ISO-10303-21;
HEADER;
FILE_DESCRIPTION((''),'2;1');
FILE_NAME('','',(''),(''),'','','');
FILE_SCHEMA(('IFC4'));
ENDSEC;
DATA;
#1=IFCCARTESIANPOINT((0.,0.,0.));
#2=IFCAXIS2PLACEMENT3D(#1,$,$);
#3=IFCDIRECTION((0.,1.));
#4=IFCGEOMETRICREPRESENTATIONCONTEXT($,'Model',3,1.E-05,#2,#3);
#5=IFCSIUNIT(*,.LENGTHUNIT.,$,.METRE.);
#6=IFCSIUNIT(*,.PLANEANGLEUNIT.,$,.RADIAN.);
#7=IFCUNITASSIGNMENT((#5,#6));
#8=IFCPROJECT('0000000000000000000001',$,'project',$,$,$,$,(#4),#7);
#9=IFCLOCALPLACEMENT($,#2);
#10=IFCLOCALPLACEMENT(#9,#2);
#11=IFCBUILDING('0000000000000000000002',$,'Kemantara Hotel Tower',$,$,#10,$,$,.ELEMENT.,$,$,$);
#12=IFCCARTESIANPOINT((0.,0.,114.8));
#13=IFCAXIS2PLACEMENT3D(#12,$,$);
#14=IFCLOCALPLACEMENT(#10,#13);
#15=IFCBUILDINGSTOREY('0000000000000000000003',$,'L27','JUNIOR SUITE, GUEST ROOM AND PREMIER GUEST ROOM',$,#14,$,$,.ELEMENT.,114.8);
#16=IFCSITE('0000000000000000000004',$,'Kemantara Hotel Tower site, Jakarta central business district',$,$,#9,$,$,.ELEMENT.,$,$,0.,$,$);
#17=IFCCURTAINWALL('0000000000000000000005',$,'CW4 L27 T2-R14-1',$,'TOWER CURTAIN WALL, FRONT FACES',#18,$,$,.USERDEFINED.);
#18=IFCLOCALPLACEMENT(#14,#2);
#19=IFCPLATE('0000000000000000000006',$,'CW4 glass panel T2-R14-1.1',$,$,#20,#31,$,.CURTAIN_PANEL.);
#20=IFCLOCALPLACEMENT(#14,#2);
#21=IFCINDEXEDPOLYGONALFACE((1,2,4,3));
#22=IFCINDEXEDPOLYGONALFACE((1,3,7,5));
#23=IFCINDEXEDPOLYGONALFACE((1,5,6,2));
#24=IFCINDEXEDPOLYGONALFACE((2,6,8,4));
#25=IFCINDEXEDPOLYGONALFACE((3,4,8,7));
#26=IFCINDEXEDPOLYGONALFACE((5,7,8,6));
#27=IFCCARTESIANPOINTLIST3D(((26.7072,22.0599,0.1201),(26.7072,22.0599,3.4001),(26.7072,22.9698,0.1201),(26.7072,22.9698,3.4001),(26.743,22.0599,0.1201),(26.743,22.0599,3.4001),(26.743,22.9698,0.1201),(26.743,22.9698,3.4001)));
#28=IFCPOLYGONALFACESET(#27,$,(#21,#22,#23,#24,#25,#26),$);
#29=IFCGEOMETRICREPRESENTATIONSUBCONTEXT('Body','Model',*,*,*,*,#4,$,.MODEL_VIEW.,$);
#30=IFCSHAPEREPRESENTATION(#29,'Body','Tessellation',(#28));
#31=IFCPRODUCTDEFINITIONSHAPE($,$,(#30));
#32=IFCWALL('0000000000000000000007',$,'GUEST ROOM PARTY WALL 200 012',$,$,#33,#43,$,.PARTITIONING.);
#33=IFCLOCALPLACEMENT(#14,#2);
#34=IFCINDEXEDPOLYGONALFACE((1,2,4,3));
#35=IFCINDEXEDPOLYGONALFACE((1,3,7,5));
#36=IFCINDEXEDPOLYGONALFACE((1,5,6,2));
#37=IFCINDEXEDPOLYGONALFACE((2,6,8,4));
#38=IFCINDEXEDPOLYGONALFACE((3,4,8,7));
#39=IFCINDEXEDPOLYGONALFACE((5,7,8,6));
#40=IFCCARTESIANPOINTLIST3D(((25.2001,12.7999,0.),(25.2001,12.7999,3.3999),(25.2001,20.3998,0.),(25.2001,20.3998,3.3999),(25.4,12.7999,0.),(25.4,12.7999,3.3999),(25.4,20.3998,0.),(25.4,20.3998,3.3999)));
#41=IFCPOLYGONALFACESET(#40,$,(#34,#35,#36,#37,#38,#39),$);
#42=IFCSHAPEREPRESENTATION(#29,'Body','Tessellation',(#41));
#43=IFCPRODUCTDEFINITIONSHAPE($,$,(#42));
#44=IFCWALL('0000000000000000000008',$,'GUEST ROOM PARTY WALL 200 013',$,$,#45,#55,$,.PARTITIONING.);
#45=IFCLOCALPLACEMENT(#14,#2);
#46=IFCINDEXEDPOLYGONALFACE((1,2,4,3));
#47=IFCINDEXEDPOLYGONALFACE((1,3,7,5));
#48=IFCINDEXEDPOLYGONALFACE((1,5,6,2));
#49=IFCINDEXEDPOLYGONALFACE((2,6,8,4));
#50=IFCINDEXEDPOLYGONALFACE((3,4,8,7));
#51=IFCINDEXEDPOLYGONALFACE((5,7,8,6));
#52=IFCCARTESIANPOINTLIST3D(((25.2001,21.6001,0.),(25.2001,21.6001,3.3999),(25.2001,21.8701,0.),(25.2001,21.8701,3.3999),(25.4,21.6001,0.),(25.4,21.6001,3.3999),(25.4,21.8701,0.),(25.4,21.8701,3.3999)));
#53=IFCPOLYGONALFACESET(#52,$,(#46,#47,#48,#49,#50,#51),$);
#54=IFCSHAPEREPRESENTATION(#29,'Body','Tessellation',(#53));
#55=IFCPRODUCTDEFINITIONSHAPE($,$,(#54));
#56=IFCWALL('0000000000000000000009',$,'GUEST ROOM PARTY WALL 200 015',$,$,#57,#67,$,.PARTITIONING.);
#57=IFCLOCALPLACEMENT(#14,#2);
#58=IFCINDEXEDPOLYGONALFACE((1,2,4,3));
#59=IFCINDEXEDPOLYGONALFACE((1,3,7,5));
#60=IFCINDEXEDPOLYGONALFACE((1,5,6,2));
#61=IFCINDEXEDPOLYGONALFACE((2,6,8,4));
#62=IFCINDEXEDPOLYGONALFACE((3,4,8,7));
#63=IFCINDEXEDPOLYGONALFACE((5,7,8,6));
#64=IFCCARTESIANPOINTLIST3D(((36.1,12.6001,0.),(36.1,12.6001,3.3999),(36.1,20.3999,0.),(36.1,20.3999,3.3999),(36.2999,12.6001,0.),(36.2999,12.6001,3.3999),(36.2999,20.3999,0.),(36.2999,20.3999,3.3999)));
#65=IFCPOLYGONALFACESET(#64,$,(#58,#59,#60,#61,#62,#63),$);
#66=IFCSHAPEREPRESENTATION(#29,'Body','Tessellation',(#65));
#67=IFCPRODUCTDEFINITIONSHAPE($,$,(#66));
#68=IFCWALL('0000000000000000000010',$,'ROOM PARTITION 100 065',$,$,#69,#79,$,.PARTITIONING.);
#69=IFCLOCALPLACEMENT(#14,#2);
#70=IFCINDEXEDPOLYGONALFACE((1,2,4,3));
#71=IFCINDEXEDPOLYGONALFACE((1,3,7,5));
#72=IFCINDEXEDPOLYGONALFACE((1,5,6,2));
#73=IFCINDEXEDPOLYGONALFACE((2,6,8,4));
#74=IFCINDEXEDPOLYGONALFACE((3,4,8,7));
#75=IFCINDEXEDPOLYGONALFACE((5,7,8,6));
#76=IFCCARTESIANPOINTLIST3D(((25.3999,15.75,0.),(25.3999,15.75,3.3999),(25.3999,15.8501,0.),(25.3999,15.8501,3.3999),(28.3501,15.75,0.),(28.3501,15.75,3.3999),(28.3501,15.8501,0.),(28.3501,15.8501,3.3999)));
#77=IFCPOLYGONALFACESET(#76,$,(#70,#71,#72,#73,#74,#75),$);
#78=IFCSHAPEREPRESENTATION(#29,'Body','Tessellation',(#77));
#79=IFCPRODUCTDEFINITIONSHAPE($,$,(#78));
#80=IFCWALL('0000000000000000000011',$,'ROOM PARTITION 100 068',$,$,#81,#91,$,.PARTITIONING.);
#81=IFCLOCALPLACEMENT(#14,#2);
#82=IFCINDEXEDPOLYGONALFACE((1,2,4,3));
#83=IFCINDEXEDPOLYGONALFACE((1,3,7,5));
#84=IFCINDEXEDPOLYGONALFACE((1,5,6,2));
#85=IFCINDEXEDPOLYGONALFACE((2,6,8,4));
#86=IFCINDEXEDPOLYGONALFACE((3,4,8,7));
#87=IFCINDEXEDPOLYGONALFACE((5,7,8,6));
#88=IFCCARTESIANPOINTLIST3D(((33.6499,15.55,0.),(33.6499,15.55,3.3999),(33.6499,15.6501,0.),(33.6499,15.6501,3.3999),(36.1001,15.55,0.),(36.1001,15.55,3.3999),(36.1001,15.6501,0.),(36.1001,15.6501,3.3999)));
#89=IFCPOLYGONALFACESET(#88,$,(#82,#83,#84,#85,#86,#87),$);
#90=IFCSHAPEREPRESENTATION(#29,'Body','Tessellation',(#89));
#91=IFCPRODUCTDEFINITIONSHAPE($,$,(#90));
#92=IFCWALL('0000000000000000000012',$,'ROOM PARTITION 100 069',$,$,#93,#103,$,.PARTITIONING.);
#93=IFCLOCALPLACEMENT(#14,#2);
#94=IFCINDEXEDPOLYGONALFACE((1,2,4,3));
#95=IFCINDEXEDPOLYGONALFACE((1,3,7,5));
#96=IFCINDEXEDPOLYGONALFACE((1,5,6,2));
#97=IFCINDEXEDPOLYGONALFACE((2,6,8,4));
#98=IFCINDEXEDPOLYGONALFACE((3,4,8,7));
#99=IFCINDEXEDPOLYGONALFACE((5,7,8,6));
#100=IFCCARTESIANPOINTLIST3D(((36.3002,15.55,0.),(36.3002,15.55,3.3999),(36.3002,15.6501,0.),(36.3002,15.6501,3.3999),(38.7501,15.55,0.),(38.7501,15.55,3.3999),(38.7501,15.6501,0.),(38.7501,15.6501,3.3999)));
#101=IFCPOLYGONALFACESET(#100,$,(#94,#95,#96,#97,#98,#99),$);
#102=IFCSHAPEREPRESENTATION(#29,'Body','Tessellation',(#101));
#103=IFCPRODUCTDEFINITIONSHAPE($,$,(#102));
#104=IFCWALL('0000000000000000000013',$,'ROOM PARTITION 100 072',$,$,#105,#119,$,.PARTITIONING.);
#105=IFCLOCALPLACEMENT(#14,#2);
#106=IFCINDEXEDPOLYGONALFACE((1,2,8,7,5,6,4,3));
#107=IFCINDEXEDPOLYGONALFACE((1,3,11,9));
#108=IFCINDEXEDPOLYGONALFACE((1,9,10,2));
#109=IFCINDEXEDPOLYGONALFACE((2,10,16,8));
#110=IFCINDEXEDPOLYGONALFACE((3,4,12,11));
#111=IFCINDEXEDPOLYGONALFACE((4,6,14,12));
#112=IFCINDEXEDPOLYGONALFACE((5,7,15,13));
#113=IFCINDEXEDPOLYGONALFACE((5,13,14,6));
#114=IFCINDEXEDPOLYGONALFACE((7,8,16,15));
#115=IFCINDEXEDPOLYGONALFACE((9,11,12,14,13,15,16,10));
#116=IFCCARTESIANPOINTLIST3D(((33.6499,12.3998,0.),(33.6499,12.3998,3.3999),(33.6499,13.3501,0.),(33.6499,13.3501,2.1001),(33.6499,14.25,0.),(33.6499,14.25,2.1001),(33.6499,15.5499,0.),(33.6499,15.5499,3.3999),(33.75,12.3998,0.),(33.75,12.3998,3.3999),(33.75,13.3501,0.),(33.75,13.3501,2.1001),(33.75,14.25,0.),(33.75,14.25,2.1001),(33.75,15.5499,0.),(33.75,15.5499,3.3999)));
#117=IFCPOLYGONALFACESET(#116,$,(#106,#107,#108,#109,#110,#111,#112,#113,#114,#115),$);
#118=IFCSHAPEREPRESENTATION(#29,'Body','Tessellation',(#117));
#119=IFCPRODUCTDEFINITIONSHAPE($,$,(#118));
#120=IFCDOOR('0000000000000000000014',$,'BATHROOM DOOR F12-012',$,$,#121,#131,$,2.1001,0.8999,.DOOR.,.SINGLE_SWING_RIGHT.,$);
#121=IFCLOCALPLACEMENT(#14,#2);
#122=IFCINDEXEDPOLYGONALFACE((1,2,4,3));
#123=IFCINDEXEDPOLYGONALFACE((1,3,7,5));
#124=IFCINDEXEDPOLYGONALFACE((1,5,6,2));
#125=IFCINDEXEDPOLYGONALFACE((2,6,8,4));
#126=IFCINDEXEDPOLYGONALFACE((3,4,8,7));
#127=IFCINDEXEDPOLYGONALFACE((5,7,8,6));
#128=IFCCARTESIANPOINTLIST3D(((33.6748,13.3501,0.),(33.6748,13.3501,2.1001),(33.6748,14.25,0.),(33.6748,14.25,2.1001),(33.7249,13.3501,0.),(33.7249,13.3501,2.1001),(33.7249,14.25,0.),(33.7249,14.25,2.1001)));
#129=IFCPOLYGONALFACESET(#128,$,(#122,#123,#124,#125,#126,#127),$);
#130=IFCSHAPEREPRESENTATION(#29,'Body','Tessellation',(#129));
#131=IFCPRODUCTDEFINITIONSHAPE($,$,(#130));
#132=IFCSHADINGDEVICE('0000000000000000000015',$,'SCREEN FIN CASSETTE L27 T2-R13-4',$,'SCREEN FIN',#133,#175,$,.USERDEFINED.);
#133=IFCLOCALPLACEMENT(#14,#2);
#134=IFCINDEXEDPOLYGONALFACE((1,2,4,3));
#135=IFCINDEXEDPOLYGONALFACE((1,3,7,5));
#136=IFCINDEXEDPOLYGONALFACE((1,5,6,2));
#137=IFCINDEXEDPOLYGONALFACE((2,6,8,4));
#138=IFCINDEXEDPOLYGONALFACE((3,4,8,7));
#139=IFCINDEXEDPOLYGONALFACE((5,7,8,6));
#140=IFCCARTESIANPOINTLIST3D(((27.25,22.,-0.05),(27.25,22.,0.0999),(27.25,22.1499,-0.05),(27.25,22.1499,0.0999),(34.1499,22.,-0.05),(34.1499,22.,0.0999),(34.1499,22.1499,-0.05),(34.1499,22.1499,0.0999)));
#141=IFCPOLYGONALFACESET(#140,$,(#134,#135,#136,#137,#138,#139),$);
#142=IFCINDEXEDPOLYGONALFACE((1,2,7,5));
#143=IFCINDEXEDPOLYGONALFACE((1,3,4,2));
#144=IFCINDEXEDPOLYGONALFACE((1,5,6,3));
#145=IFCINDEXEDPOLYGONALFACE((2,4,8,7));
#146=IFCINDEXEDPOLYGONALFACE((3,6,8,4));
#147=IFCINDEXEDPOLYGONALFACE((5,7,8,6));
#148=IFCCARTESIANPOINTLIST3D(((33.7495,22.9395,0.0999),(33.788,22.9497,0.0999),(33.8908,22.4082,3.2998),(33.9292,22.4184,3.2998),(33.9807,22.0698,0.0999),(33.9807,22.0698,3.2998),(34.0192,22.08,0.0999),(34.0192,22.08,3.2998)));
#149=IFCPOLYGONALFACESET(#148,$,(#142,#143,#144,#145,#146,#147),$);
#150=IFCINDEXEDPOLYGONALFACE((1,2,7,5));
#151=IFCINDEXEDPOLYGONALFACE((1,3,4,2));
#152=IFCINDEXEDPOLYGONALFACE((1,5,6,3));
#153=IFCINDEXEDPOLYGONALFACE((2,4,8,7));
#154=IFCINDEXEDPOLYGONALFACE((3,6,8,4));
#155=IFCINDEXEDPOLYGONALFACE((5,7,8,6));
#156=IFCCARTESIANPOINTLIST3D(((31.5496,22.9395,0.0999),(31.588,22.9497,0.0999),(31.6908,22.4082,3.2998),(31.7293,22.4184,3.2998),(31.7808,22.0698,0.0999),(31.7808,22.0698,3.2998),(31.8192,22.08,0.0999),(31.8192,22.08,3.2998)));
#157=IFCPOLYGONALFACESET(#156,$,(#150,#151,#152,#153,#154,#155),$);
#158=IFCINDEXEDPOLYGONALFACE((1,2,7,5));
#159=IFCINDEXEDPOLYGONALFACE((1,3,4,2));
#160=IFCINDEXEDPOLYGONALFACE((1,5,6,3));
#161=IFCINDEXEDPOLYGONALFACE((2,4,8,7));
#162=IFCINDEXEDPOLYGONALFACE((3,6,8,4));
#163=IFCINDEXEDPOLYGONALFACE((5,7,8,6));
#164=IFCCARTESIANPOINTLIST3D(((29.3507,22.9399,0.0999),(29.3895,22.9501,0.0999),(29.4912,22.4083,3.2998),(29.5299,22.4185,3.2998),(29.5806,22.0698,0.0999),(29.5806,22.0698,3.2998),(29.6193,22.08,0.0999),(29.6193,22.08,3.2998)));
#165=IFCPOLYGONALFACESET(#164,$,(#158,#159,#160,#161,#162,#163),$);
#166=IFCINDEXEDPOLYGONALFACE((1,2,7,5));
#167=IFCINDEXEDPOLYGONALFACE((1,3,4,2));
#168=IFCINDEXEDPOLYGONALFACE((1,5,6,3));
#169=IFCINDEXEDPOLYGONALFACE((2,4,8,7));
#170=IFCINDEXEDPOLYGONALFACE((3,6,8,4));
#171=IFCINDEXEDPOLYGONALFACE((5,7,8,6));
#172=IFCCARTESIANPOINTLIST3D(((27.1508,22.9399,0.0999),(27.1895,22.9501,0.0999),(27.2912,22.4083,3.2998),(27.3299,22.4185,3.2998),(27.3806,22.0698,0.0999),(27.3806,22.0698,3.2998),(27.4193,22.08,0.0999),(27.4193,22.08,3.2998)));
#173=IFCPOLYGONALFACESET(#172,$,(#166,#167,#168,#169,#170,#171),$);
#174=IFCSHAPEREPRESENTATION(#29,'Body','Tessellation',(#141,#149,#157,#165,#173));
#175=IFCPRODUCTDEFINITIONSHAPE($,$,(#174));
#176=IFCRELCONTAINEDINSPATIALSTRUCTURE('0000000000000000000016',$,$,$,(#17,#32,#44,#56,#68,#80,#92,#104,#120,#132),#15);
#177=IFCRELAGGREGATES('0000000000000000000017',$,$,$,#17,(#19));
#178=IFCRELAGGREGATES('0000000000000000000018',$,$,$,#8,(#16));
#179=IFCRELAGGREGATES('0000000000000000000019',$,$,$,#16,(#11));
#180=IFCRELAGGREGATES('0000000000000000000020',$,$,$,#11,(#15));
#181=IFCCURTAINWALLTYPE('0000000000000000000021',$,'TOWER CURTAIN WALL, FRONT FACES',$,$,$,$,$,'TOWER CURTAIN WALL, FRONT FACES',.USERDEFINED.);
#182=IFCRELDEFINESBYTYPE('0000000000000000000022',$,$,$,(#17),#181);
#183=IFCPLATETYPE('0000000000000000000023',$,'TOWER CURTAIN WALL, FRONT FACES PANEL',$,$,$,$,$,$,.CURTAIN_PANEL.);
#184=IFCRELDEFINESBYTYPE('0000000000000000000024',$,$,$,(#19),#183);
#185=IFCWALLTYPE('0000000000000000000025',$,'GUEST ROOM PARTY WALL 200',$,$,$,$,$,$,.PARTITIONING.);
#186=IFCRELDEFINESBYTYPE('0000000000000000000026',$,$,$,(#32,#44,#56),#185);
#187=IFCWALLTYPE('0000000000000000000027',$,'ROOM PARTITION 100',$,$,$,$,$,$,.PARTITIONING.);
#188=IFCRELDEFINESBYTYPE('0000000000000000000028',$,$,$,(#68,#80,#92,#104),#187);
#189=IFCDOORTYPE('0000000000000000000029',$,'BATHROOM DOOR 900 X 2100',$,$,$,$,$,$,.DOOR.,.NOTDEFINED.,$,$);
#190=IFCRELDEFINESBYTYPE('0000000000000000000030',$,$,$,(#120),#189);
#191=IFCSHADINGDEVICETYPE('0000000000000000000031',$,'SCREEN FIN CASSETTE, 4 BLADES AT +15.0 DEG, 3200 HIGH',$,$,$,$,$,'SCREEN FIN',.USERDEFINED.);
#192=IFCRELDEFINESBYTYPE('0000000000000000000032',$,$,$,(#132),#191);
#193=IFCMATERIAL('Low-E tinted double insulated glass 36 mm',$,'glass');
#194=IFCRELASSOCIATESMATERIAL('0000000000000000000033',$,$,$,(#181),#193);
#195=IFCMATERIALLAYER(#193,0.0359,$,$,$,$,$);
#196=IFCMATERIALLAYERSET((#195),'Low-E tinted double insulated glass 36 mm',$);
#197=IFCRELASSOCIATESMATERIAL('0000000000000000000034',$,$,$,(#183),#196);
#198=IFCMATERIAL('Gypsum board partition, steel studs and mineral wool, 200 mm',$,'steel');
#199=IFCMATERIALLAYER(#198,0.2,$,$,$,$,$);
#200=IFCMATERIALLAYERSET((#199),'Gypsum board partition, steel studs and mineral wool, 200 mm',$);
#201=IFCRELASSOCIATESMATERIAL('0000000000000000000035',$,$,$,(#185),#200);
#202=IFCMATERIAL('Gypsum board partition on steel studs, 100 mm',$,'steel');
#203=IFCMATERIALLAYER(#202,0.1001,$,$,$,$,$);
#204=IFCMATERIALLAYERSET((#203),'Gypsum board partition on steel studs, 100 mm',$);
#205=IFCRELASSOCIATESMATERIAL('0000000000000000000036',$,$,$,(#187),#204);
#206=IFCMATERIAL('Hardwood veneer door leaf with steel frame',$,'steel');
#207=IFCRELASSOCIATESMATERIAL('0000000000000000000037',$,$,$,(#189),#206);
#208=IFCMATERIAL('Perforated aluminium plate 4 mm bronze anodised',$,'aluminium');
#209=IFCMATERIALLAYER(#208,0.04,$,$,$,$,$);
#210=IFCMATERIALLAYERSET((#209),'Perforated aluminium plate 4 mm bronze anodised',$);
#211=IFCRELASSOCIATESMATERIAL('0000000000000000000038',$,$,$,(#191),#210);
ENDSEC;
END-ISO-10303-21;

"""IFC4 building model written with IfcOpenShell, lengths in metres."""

from ifc_helpers import new_model, si_unit, direction, frame, frame_2d, origin, origin_2d, place, context, subcontext, project, spatial, polyline, rectangle, outline, extrude, source, transform, mapped, material, layer, layer_set, type_object, element, fill, aggregate, save


model = new_model("IFC4")

# Units and contexts
model_context = context("Model", 3, precision=1e-05, world=origin(), true_north=direction((0.0, 1.0)))
body_context = subcontext(model_context, "Body", "Model", "MODEL_VIEW")
ifc_project = project(units=[si_unit("LENGTHUNIT", "METRE"), si_unit("PLANEANGLEUNIT", "RADIAN")], contexts=[model_context])

# Site, building, storey
site_placement = place(None, origin())
site = spatial("IfcSite", under=ifc_project, at=site_placement, Name="Kemantara Hotel Tower site, Jakarta central business district", CompositionType="ELEMENT", RefElevation=0.0)
building_placement = place(site_placement, origin())
building = spatial("IfcBuilding", under=site, at=building_placement, Name="Kemantara Hotel Tower", CompositionType="ELEMENT")
storey_placement = place(building_placement, frame((0.0, 0.0, 114.8)))
storey = spatial("IfcBuildingStorey", under=building, at=storey_placement, Name="L27", Description="JUNIOR SUITE, GUEST ROOM AND PREMIER GUEST ROOM", CompositionType="ELEMENT", Elevation=114.8)

# Curtain wall
ifc_material_1 = material(Name="Low-E tinted double insulated glass 36 mm", Category="glass")
curtain_wall_type = type_object("IfcCurtainWallType", Name="TOWER CURTAIN WALL, FRONT FACES", ElementType="TOWER CURTAIN WALL, FRONT FACES", PredefinedType="USERDEFINED", material=ifc_material_1)
curtain_wall_1_placement = place(storey_placement, origin())
curtain_wall_1 = element("IfcCurtainWall", 1, at=curtain_wall_1_placement, inside=storey, type_object=curtain_wall_type, Name="CW4 L27 T2-R14-1", ObjectType="TOWER CURTAIN WALL, FRONT FACES", PredefinedType="USERDEFINED")

# Plate
ifc_layer_1 = layer(ifc_material_1, 0.0359)
ifc_layer_set_1 = layer_set([ifc_layer_1], Name="Low-E tinted double insulated glass 36 mm")
plate_type = type_object("IfcPlateType", Name="TOWER CURTAIN WALL, FRONT FACES PANEL", PredefinedType="CURTAIN_PANEL", material=ifc_layer_set_1)
shared_shape_1 = source(origin(), body_context, "Body", "SweptSolid", [
    extrude(rectangle(XDim=0.9099, YDim=0.0359, at=origin_2d()), origin(), (0.0, 0.0, 1.0), 3.28),
])
plate_1_placement = place(storey_placement, frame((26.7251, 22.5149, 0.1201), z_axis=(0.0, 0.0, 1.0), x_axis=(0.0, 1.0, 0.0)))
plate_1 = element("IfcPlate", 2, at=plate_1_placement, type_object=plate_type, Name="CW4 glass panel T2-R14-1.1", PredefinedType="CURTAIN_PANEL", context=body_context, shape_type="MappedRepresentation", body=[
    mapped(shared_shape_1, transform((0.0, 0.0, 0.0))),
])
aggregate(curtain_wall_1, [plate_1])

# Walls
ifc_material_2 = material(Name="Gypsum board partition, steel studs and mineral wool, 200 mm", Category="steel")
ifc_layer_2 = layer(ifc_material_2, 0.2)
ifc_layer_set_2 = layer_set([ifc_layer_2], Name="Gypsum board partition, steel studs and mineral wool, 200 mm")
wall_type_1 = type_object("IfcWallType", Name="GUEST ROOM PARTY WALL 200", PredefinedType="PARTITIONING", material=ifc_layer_set_2)
wall_1_placement = place(storey_placement, frame((25.3, 12.8, 0.0), z_axis=(0.0, 0.0, 1.0), x_axis=(0.0, 1.0, 0.0)))
element("IfcWall", 3, at=wall_1_placement, inside=storey, type_object=wall_type_1, Name="GUEST ROOM PARTY WALL 200 012", PredefinedType="PARTITIONING", context=body_context, shape_type="SweptSolid", body=[
    extrude(rectangle(XDim=7.5999, YDim=0.2, at=frame_2d((3.7998, 0.0))), origin(), (0.0, 0.0, 1.0), 3.3999),
])
wall_2_placement = place(storey_placement, frame((25.3, 21.6001, 0.0), z_axis=(0.0, 0.0, 1.0), x_axis=(0.0, 1.0, 0.0)))
element("IfcWall", 4, at=wall_2_placement, inside=storey, type_object=wall_type_1, Name="GUEST ROOM PARTY WALL 200 013", PredefinedType="PARTITIONING", context=body_context, shape_type="SweptSolid", body=[
    extrude(rectangle(XDim=0.27, YDim=0.2, at=frame_2d((0.135, 0.0))), origin(), (0.0, 0.0, 1.0), 3.3999),
])
wall_3_placement = place(storey_placement, frame((36.2, 12.6001, 0.0), z_axis=(0.0, 0.0, 1.0), x_axis=(0.0, 1.0, 0.0)))
element("IfcWall", 5, at=wall_3_placement, inside=storey, type_object=wall_type_1, Name="GUEST ROOM PARTY WALL 200 015", PredefinedType="PARTITIONING", context=body_context, shape_type="SweptSolid", body=[
    extrude(rectangle(XDim=7.7998, YDim=0.2, at=frame_2d((3.8999, 0.0))), origin(), (0.0, 0.0, 1.0), 3.3999),
])
ifc_material_3 = material(Name="Gypsum board partition on steel studs, 100 mm", Category="steel")
ifc_layer_3 = layer(ifc_material_3, 0.1001)
ifc_layer_set_3 = layer_set([ifc_layer_3], Name="Gypsum board partition on steel studs, 100 mm")
wall_type_2 = type_object("IfcWallType", Name="ROOM PARTITION 100", PredefinedType="PARTITIONING", material=ifc_layer_set_3)
wall_4_placement = place(storey_placement, frame((25.3999, 15.8, 0.0), z_axis=(0.0, 0.0, 1.0), x_axis=(1.0, 0.0, 0.0)))
element("IfcWall", 6, at=wall_4_placement, inside=storey, type_object=wall_type_2, Name="ROOM PARTITION 100 065", PredefinedType="PARTITIONING", context=body_context, shape_type="SweptSolid", body=[
    extrude(rectangle(XDim=2.9502, YDim=0.1001, at=frame_2d((1.4751, 0.0))), origin(), (0.0, 0.0, 1.0), 3.3999),
])
wall_5_placement = place(storey_placement, frame((33.6499, 15.6001, 0.0), z_axis=(0.0, 0.0, 1.0), x_axis=(1.0, 0.0, 0.0)))
element("IfcWall", 7, at=wall_5_placement, inside=storey, type_object=wall_type_2, Name="ROOM PARTITION 100 068", PredefinedType="PARTITIONING", context=body_context, shape_type="SweptSolid", body=[
    extrude(rectangle(XDim=2.4502, YDim=0.1001, at=frame_2d((1.2251, 0.0))), origin(), (0.0, 0.0, 1.0), 3.3999),
])
wall_6_placement = place(storey_placement, frame((36.3, 15.6001, 0.0), z_axis=(0.0, 0.0, 1.0), x_axis=(1.0, 0.0, 0.0)))
element("IfcWall", 8, at=wall_6_placement, inside=storey, type_object=wall_type_2, Name="ROOM PARTITION 100 069", PredefinedType="PARTITIONING", context=body_context, shape_type="SweptSolid", body=[
    extrude(rectangle(XDim=2.45, YDim=0.1001, at=frame_2d((1.2251, 0.0))), origin(), (0.0, 0.0, 1.0), 3.3999),
])

# Wall, opening, door
wall_7_placement = place(storey_placement, frame((33.7, 15.55, 0.0), z_axis=(0.0, 0.0, 1.0), x_axis=(0.0, -1.0, 0.0)))
wall_7 = element("IfcWall", 9, at=wall_7_placement, inside=storey, type_object=wall_type_2, Name="ROOM PARTITION 100 072", PredefinedType="PARTITIONING", context=body_context, shape_type="SweptSolid", body=[
    extrude(rectangle(XDim=3.1501, YDim=0.1001, at=frame_2d((1.5752, 0.0))), origin(), (0.0, 0.0, 1.0), 3.3999),
])
opening_placement = place(wall_7_placement, frame((1.3, 0.0, 0.0)))
opening = element("IfcOpeningElement", 10, at=opening_placement, cuts=wall_7, PredefinedType="OPENING", context=body_context, shape_type="SweptSolid", body=[
    extrude(rectangle(XDim=0.8999, YDim=2.1001, at=frame_2d((0.45, 1.05))), frame((0.0, 0.0601, 0.0), z_axis=(0.0, -1.0, 0.0), x_axis=(1.0, 0.0, 0.0)), (0.0, 0.0, 1.0), 0.1201),
])
ifc_material_4 = material(Name="Hardwood veneer door leaf with steel frame", Category="steel")
door_type = type_object("IfcDoorType", Name="BATHROOM DOOR 900 X 2100", OperationType="NOTDEFINED", PredefinedType="DOOR", material=ifc_material_4)
door_placement = place(opening_placement, origin())
door = element("IfcDoor", 11, at=door_placement, inside=storey, type_object=door_type, Name="BATHROOM DOOR F12-012", OperationType="SINGLE_SWING_RIGHT", OverallHeight=2.1001, OverallWidth=0.8999, PredefinedType="DOOR", context=body_context, shape_type="SweptSolid", body=[
    extrude(rectangle(XDim=0.8999, YDim=2.1001, at=frame_2d((0.45, 1.05))), frame((0.0, 0.0249, 0.0), z_axis=(0.0, -1.0, 0.0), x_axis=(1.0, 0.0, 0.0)), (0.0, 0.0, 1.0), 0.05),
])
fill(opening, door)

# Shading device
ifc_material_5 = material(Name="Perforated aluminium plate 4 mm bronze anodised", Category="aluminium")
ifc_layer_4 = layer(ifc_material_5, 0.04)
ifc_layer_set_4 = layer_set([ifc_layer_4], Name="Perforated aluminium plate 4 mm bronze anodised")
shading_device_type_1 = type_object("IfcShadingDeviceType", Name="SCREEN FIN CASSETTE, 4 BLADES AT +15.0 DEG, 3200 HIGH", ElementType="SCREEN FIN", PredefinedType="USERDEFINED", material=ifc_layer_set_4)
shared_shape_2 = source(origin(), body_context, "Body", "SweptSolid", [
    extrude(rectangle(XDim=6.8999, YDim=0.1499, at=origin_2d()), frame((3.3, -0.075, -0.1499), z_axis=(0.0, 0.0, 1.0), x_axis=(1.0, 0.0, 0.0)), (0.0, 0.0, 1.0), 0.1499),
    extrude(outline(polyline([(0.0, 0.0), (0.8999, 0.0), (0.3501, 3.2), (0.0, 3.2), (0.0, 0.0)])), frame((0.0193, -0.0698, 0.0), z_axis=(-0.966438, -0.256901, 0.0), x_axis=(0.256901, -0.966438, 0.0)), (0.0, 0.0, 1.0), 0.0398),
    extrude(outline(polyline([(0.0, 0.0), (0.8999, 0.0), (0.3501, 3.2), (0.0, 3.2), (0.0, 0.0)])), frame((2.2192, -0.0698, 0.0), z_axis=(-0.966438, -0.256901, 0.0), x_axis=(0.256901, -0.966438, 0.0)), (0.0, 0.0, 1.0), 0.0398),
    extrude(outline(polyline([(0.0, 0.0), (0.8999, 0.0), (0.3501, 3.2), (0.0, 3.2), (0.0, 0.0)])), frame((4.4194, -0.0698, 0.0), z_axis=(-0.966838, -0.255391, 0.0), x_axis=(0.255391, -0.966838, 0.0)), (0.0, 0.0, 1.0), 0.04),
    extrude(outline(polyline([(0.0, 0.0), (0.8999, 0.0), (0.3501, 3.2), (0.0, 3.2), (0.0, 0.0)])), frame((6.6194, -0.0698, 0.0), z_axis=(-0.966838, -0.255391, 0.0), x_axis=(0.255391, -0.966838, 0.0)), (0.0, 0.0, 1.0), 0.04),
])
shading_device_1_placement = place(storey_placement, frame((34.0, 22.0, 0.0999), z_axis=(0.0, 0.0, 1.0), x_axis=(-1.0, 0.0, 0.0)))
element("IfcShadingDevice", 12, at=shading_device_1_placement, inside=storey, type_object=shading_device_type_1, Name="SCREEN FIN CASSETTE L27 T2-R13-4", ObjectType="SCREEN FIN", PredefinedType="USERDEFINED", context=body_context, shape_type="MappedRepresentation", body=[
    mapped(shared_shape_2, transform((0.0, 0.0, 0.0))),
])

save(model, "model.ifc")
